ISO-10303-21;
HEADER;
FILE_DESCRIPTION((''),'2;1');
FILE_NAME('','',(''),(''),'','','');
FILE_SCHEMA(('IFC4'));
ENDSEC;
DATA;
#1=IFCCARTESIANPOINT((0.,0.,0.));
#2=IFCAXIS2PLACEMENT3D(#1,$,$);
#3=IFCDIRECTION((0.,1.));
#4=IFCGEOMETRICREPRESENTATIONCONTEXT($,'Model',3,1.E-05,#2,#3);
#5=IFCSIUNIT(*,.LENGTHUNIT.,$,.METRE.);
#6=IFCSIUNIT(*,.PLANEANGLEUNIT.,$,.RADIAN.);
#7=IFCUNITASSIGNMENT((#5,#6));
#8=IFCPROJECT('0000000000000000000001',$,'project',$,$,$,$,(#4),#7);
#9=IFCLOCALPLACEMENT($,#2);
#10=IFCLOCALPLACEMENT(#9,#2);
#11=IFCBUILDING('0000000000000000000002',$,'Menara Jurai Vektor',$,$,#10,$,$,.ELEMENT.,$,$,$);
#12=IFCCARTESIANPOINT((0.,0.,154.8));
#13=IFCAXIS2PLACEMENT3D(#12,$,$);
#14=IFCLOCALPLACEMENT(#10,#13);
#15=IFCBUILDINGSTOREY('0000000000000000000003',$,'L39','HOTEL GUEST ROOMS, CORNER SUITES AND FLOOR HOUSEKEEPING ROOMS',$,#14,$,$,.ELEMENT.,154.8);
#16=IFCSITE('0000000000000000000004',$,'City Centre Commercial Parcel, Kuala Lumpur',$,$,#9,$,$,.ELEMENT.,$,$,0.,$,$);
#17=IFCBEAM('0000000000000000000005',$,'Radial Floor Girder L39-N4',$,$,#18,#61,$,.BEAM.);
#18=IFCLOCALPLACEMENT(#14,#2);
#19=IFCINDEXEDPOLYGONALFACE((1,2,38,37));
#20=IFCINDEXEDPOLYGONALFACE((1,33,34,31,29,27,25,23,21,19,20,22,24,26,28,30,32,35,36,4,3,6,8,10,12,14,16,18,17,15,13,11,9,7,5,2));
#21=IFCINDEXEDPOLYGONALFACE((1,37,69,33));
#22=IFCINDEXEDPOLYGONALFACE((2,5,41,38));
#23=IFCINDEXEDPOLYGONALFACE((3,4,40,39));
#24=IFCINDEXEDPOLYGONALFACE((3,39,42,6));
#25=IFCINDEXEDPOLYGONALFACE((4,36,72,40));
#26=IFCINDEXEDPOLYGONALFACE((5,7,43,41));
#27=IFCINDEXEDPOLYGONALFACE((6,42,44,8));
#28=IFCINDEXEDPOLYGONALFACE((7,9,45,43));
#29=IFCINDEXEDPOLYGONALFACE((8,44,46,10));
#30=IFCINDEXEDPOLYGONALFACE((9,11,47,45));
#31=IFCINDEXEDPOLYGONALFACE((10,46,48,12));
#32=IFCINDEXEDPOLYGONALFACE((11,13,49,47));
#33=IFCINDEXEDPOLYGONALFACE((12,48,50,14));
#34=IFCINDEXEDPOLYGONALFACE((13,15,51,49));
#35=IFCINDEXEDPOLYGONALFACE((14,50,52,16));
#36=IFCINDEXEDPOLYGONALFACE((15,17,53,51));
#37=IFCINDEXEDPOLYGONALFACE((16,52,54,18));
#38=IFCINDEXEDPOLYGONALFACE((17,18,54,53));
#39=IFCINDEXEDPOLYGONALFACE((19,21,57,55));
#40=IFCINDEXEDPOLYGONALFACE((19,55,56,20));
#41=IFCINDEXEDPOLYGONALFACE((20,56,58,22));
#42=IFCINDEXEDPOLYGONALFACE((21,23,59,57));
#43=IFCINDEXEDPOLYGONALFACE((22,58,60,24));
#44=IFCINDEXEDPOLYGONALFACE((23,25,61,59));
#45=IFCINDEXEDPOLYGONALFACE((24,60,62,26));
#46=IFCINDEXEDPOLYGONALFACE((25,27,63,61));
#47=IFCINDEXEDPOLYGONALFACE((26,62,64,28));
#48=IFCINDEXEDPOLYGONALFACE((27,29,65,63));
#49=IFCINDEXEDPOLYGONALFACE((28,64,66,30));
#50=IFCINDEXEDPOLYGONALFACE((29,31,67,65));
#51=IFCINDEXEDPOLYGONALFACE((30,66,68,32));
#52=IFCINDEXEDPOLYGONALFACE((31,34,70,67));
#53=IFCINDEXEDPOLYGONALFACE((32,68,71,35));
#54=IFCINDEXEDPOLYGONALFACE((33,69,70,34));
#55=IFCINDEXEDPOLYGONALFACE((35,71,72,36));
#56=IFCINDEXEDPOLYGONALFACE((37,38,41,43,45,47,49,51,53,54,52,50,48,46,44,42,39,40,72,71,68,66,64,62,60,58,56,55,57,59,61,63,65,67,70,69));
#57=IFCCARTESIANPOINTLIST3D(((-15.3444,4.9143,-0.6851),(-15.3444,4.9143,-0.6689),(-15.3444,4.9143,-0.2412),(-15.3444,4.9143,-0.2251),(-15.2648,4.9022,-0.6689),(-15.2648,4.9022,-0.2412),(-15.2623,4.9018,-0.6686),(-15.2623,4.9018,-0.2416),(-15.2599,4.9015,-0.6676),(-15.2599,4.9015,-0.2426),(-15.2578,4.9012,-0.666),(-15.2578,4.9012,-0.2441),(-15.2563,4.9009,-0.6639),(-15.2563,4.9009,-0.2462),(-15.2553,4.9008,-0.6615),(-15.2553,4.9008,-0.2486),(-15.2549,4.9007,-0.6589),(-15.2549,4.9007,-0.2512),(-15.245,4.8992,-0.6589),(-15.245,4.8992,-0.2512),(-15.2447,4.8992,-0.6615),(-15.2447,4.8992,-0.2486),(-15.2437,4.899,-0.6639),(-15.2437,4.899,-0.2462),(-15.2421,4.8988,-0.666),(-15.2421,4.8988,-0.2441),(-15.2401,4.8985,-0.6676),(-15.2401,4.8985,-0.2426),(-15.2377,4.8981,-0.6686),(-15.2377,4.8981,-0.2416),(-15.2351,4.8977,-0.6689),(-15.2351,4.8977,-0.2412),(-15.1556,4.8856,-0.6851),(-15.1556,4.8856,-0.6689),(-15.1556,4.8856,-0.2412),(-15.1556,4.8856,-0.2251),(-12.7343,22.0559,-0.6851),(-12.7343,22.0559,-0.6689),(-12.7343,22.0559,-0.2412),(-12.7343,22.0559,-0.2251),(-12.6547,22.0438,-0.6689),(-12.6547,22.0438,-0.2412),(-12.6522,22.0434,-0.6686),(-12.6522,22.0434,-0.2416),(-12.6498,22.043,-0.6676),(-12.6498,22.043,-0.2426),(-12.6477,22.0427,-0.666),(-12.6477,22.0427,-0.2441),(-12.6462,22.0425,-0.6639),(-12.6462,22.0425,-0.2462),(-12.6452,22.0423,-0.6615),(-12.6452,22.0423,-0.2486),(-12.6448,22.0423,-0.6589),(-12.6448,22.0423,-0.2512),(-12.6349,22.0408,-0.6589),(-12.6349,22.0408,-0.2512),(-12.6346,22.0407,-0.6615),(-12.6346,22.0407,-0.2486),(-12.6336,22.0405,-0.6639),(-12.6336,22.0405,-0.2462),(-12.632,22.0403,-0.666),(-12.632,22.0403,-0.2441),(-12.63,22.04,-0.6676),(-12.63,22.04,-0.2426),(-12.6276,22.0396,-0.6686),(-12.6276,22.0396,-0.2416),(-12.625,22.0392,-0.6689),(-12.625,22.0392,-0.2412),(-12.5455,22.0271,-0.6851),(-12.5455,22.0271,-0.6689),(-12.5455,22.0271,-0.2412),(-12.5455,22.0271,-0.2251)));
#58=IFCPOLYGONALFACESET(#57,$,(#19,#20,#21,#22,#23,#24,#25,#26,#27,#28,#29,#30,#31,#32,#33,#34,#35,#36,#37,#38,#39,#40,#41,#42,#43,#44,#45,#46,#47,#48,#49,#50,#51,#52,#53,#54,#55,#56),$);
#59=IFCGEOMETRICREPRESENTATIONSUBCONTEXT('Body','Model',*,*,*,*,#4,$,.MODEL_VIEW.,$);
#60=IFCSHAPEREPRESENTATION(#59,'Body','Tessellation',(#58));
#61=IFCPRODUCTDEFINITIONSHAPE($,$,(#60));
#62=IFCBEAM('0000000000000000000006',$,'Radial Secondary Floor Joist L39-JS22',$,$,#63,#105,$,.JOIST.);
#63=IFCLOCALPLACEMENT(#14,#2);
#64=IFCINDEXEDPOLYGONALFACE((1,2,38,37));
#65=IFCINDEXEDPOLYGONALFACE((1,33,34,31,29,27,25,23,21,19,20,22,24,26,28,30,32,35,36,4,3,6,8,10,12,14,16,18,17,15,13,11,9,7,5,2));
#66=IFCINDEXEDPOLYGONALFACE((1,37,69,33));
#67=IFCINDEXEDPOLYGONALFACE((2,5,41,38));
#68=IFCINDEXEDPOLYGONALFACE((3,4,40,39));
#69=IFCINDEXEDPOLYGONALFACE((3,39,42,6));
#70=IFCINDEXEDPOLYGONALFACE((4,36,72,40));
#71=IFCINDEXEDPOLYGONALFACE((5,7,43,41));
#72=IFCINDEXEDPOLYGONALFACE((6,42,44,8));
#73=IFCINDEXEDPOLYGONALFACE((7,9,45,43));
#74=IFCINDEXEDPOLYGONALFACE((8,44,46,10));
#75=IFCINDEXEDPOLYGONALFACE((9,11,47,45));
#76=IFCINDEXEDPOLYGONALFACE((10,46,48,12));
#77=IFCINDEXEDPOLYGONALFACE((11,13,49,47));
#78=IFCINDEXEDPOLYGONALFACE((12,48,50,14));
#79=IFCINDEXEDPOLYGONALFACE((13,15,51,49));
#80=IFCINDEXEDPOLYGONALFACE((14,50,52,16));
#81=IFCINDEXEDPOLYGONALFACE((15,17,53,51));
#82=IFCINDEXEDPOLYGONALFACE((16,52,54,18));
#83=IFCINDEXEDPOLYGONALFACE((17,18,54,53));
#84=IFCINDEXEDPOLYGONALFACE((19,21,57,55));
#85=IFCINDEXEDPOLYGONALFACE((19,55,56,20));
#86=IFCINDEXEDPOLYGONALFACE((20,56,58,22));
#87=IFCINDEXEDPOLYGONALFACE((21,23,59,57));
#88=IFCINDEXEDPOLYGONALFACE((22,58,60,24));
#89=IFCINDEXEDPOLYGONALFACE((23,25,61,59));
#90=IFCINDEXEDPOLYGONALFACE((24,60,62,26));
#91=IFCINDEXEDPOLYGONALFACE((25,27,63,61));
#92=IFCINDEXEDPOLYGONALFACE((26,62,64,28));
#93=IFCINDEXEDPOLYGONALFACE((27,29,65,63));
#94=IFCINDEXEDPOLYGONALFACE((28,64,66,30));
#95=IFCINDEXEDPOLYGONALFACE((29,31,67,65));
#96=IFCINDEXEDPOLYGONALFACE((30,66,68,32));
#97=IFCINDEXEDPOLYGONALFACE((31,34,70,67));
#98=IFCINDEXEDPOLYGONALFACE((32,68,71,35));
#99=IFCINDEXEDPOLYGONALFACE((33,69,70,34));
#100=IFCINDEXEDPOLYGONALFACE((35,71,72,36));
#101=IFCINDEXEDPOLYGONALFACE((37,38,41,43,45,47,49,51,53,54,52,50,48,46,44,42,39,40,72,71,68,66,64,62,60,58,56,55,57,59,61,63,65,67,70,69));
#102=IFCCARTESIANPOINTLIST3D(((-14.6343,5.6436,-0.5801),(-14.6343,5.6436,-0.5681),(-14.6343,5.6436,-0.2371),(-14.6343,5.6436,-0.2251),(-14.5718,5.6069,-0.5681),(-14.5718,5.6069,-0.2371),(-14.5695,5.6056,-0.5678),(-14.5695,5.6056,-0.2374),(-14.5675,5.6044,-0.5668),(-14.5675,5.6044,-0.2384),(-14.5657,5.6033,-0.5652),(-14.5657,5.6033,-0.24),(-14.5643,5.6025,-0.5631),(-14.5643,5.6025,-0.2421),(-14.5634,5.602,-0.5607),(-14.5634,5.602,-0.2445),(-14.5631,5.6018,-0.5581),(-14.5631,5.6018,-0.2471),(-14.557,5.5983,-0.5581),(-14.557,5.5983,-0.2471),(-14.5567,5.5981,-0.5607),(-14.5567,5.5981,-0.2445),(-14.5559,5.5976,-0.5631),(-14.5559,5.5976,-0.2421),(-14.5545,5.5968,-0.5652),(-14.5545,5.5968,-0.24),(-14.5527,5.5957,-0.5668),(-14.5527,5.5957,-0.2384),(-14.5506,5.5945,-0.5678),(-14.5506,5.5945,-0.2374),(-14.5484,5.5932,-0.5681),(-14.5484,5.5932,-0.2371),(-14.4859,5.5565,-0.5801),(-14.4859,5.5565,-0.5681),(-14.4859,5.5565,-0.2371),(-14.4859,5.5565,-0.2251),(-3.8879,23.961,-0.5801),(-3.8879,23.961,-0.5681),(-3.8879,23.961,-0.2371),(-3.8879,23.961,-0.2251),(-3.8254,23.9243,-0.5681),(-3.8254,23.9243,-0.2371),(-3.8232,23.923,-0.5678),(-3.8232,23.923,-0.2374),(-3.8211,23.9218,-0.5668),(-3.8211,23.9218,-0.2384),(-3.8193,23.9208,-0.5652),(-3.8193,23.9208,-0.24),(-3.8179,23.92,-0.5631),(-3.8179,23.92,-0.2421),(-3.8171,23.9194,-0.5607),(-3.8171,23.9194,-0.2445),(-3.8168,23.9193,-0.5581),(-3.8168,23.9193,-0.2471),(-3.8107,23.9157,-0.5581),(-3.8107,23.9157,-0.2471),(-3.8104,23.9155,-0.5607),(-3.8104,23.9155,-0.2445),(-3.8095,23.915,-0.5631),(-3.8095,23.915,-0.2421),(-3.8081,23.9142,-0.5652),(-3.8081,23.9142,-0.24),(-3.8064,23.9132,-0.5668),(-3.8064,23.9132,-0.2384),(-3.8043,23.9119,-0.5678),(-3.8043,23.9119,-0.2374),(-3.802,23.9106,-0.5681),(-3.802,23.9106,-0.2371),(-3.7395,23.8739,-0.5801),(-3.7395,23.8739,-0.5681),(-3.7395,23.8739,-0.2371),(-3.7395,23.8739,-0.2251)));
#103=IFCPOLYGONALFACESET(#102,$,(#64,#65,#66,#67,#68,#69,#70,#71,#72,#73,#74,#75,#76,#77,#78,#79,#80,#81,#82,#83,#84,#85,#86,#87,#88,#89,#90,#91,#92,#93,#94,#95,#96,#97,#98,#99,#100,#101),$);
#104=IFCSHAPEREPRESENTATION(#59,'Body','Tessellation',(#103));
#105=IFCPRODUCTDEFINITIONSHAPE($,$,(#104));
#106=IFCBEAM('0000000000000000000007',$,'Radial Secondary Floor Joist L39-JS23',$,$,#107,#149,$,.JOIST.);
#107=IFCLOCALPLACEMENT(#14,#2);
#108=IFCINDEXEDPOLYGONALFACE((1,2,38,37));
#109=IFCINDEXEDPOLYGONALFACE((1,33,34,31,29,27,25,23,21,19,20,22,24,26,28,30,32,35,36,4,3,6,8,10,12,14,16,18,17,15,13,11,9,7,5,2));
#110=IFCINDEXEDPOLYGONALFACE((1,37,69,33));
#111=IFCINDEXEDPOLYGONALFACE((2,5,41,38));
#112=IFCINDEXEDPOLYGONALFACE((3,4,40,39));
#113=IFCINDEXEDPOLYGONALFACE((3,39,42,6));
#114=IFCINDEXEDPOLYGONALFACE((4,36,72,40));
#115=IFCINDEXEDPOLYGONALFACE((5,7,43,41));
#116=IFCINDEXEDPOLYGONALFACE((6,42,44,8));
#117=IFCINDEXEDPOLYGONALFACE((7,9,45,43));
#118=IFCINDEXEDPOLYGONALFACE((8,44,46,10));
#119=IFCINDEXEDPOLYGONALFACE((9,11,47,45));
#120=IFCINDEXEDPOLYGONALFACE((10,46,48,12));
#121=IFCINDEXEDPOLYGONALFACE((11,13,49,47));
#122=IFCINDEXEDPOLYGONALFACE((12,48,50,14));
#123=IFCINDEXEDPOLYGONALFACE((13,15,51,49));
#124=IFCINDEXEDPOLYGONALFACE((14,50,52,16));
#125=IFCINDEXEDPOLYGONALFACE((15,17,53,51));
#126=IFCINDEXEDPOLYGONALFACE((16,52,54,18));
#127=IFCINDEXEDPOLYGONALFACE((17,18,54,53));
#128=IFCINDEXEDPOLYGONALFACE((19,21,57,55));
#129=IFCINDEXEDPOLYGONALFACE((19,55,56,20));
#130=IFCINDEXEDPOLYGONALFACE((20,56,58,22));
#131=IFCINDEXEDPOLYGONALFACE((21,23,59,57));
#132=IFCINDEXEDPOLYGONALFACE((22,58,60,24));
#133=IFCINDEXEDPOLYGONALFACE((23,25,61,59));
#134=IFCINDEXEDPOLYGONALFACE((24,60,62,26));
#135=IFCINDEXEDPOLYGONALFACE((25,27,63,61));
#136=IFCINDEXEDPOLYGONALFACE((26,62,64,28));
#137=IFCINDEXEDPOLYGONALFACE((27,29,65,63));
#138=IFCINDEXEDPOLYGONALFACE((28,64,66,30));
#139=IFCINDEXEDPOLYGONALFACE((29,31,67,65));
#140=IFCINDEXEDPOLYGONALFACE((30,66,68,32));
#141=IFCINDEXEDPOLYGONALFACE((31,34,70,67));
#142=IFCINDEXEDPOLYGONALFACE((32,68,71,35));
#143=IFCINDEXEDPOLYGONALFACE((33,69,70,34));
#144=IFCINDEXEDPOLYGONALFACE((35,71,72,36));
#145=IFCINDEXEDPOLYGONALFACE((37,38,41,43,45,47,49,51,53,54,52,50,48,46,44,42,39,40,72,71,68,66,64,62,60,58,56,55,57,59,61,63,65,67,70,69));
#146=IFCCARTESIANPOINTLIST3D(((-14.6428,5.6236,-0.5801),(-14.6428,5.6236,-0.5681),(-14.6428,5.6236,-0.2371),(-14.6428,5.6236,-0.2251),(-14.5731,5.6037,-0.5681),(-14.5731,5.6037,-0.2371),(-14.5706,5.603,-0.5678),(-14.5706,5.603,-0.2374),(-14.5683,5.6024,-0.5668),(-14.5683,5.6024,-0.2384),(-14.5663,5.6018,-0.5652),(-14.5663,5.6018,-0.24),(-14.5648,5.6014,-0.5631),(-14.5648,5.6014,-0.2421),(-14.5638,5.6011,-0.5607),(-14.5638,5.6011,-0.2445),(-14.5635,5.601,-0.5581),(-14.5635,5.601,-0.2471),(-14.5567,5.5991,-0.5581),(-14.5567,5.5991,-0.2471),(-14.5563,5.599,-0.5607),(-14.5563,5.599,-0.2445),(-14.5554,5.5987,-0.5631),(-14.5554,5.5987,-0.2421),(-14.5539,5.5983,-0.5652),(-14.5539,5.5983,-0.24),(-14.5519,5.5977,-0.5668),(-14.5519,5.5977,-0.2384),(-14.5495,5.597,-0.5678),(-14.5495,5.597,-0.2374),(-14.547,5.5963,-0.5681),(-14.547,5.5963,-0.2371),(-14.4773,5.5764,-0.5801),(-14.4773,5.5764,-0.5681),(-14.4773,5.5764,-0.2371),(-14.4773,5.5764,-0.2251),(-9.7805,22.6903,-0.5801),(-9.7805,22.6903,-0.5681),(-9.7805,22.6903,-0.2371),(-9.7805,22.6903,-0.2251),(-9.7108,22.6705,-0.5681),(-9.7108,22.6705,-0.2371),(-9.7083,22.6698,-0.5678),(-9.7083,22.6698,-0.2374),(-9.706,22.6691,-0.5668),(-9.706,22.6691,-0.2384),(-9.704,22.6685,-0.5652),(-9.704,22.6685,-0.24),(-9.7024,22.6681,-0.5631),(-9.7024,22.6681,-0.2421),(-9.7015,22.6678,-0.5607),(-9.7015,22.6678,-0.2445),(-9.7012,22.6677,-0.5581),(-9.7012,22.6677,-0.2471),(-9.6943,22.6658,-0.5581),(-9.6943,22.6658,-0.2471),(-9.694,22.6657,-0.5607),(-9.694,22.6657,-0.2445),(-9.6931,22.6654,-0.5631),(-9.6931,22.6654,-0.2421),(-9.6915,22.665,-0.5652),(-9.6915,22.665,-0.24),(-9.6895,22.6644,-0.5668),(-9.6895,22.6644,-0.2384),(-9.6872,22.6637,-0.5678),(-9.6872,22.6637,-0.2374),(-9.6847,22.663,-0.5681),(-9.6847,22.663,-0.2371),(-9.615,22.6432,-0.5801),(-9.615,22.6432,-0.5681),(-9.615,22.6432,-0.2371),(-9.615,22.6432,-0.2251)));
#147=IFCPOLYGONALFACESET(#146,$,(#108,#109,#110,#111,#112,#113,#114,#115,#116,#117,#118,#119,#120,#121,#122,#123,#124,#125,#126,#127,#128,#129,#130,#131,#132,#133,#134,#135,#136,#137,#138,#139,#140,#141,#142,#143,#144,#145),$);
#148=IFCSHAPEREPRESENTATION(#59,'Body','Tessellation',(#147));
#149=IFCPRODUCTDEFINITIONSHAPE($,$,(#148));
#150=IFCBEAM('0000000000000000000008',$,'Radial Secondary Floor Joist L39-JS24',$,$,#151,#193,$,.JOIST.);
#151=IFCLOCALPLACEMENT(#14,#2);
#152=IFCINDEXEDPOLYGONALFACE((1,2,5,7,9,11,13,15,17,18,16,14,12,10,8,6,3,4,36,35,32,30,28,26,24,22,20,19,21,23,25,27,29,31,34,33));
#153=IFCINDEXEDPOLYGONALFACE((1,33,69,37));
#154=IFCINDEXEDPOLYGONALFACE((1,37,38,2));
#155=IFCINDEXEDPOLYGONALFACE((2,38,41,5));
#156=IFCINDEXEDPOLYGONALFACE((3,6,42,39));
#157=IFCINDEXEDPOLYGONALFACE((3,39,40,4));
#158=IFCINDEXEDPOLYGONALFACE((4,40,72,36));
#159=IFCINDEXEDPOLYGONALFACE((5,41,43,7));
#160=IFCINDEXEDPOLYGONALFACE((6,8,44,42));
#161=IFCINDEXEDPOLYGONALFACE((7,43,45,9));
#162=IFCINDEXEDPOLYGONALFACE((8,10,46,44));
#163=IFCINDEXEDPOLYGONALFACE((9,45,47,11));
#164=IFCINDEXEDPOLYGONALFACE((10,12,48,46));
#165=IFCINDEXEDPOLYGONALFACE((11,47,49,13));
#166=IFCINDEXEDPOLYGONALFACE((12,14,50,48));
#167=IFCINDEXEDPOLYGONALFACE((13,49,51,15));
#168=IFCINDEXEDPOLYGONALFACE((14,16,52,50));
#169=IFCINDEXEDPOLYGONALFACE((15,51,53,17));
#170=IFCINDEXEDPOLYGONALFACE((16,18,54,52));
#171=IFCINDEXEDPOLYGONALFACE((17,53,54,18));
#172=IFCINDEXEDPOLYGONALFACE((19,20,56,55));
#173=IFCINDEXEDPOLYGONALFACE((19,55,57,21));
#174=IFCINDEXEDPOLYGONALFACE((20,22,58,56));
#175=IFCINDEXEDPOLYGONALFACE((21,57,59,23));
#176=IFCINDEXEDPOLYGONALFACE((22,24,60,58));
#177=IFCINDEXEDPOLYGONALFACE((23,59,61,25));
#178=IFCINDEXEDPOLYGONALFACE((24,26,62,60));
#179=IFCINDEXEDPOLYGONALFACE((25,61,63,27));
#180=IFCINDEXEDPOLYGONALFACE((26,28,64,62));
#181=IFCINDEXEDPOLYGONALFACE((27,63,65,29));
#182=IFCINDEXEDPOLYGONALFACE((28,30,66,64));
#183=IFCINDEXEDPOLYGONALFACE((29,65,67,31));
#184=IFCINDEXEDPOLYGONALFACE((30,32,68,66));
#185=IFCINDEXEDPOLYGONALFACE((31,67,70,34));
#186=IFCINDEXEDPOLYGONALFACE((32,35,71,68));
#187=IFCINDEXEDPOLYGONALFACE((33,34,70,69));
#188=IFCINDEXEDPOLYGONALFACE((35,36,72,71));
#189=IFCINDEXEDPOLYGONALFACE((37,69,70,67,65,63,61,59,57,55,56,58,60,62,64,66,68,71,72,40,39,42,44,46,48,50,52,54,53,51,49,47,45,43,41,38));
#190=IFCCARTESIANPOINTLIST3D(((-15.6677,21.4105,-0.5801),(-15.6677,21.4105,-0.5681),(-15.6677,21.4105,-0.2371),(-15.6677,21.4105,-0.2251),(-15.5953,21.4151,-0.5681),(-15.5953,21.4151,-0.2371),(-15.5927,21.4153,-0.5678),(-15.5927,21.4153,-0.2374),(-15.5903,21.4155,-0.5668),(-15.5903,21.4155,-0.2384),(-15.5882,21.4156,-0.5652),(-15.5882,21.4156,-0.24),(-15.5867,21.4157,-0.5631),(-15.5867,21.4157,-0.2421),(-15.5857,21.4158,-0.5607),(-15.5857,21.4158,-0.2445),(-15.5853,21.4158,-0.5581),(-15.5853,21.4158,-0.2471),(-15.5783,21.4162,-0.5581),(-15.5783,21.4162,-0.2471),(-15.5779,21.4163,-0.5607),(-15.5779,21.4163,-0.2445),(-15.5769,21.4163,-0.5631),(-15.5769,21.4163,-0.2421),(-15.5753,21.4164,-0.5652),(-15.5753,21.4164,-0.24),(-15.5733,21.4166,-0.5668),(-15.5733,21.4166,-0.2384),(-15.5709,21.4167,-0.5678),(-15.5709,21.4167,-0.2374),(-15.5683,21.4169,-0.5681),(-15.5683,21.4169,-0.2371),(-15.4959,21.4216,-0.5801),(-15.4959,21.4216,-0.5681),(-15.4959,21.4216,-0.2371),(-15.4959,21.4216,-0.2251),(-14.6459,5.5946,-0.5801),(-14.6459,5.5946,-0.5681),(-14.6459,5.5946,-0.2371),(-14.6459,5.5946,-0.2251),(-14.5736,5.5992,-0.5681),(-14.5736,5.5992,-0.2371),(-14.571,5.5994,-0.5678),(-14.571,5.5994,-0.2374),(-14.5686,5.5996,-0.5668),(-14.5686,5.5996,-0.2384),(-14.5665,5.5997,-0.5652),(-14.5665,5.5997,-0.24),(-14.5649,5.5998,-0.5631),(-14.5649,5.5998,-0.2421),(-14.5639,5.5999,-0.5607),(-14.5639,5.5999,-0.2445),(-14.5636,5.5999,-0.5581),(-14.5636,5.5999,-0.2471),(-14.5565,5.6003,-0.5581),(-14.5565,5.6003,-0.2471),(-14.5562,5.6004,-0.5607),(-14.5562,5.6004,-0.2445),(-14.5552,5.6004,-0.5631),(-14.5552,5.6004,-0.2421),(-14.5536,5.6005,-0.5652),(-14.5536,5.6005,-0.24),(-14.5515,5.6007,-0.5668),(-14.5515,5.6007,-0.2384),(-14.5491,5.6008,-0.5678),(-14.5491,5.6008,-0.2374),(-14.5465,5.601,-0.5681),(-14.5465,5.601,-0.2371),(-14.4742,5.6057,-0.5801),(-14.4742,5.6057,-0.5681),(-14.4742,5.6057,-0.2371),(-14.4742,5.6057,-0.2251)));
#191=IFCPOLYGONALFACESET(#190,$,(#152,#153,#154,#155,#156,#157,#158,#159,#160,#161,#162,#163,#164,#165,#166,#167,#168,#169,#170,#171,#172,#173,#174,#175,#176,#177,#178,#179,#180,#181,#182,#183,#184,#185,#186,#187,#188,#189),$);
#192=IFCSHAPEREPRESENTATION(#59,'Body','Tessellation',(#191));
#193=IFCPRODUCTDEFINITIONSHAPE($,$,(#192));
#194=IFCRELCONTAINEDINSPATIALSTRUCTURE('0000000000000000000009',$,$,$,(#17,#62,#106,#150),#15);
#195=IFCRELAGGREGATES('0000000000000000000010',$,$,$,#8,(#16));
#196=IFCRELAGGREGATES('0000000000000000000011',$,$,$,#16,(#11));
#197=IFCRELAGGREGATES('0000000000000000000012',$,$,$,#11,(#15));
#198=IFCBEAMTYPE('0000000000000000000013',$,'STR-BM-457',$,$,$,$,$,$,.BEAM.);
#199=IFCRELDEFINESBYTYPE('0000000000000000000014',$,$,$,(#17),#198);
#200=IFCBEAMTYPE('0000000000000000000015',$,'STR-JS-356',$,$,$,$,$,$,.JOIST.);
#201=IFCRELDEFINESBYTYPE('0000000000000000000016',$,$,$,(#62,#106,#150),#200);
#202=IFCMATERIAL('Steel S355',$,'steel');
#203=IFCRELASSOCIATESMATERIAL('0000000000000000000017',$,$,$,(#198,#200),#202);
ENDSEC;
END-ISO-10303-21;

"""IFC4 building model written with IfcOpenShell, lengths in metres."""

from ifc_helpers import new_model, si_unit, direction, frame, origin, origin_2d, place, context, subcontext, project, spatial, i_section, extrude, material, material_profile, profile_set, type_object, element, save


model = new_model("IFC4")

# Units and contexts
model_context = context("Model", 3, precision=1e-05, world=origin(), true_north=direction((0.0, 1.0)))
body_context = subcontext(model_context, "Body", "Model", "MODEL_VIEW")
ifc_project = project(units=[si_unit("LENGTHUNIT", "METRE"), si_unit("PLANEANGLEUNIT", "RADIAN")], contexts=[model_context])

# Site, building, storey
site_placement = place(None, origin())
site = spatial("IfcSite", under=ifc_project, at=site_placement, Name="City Centre Commercial Parcel, Kuala Lumpur", CompositionType="ELEMENT", RefElevation=0.0)
building_placement = place(site_placement, origin())
building = spatial("IfcBuilding", under=site, at=building_placement, Name="Menara Jurai Vektor", CompositionType="ELEMENT")
storey_placement = place(building_placement, frame((0.0, 0.0, 154.8)))
storey = spatial("IfcBuildingStorey", under=building, at=storey_placement, Name="L39", Description="HOTEL GUEST ROOMS, CORNER SUITES AND FLOOR HOUSEKEEPING ROOMS", CompositionType="ELEMENT", Elevation=154.8)

# Beams
ifc_material_1 = material(Name="Steel S355", Category="steel")
ifc_material_profile_1 = material_profile(ifc_material_1, i_section(OverallWidth=0.1909, OverallDepth=0.46, WebThickness=0.01, FlangeThickness=0.0161, FilletRadius=0.01, at=origin_2d()), Name="UKB 457x191x82")
ifc_profile_set_1 = profile_set([ifc_material_profile_1], Name="Steel S355")
beam_type_1 = type_object("IfcBeamType", Name="STR-BM-457", PredefinedType="BEAM", material=ifc_profile_set_1)
beam_1_placement = place(storey_placement, frame((-12.6399, 22.0415, -0.4551), z_axis=(-0.150532, -0.988605, 0.0), x_axis=(0.988605, -0.150532, 0.0)))
element("IfcBeam", 1, at=beam_1_placement, inside=storey, type_object=beam_type_1, Name="Radial Floor Girder L39-N4", PredefinedType="BEAM", context=body_context, shape_type="SweptSolid", body=[
    extrude(i_section(OverallWidth=0.1909, OverallDepth=0.46, WebThickness=0.01, FlangeThickness=0.0161, FilletRadius=0.01, at=origin_2d()), origin(), (0.0, 0.0, 1.0), 17.3391),
])
ifc_material_profile_2 = material_profile(ifc_material_1, i_section(OverallWidth=0.1721, OverallDepth=0.355, WebThickness=0.0071, FlangeThickness=0.012, FilletRadius=0.01, at=origin_2d()), Name="UKB 356x171x51")
ifc_profile_set_2 = profile_set([ifc_material_profile_2], Name="Steel S355")
beam_type_2 = type_object("IfcBeamType", Name="STR-JS-356", PredefinedType="JOIST", material=ifc_profile_set_2)
beam_2_placement = place(storey_placement, frame((-3.8137, 23.9175, -0.4026), z_axis=(-0.50602, -0.862522, 0.0), x_axis=(0.862522, -0.50602, 0.0)))
element("IfcBeam", 2, at=beam_2_placement, inside=storey, type_object=beam_type_2, Name="Radial Secondary Floor Joist L39-JS22", PredefinedType="JOIST", context=body_context, shape_type="SweptSolid", body=[
    extrude(i_section(OverallWidth=0.1721, OverallDepth=0.355, WebThickness=0.0071, FlangeThickness=0.012, FilletRadius=0.01, at=origin_2d()), origin(), (0.0, 0.0, 1.0), 21.2371),
])
beam_3_placement = place(storey_placement, frame((-9.6978, 22.6667, -0.4026), z_axis=(-0.273998, -0.96173, 0.0), x_axis=(0.96173, -0.273998, 0.0)))
element("IfcBeam", 3, at=beam_3_placement, inside=storey, type_object=beam_type_2, Name="Radial Secondary Floor Joist L39-JS23", PredefinedType="JOIST", context=body_context, shape_type="SweptSolid", body=[
    extrude(i_section(OverallWidth=0.1721, OverallDepth=0.355, WebThickness=0.0071, FlangeThickness=0.012, FilletRadius=0.01, at=origin_2d()), origin(), (0.0, 0.0, 1.0), 17.7458),
])
beam_4_placement = place(storey_placement, frame((-15.5818, 21.416, -0.4026), z_axis=(0.064467, -0.99792, 0.0), x_axis=(0.99792, 0.064467, 0.0)))
element("IfcBeam", 4, at=beam_4_placement, inside=storey, type_object=beam_type_2, Name="Radial Secondary Floor Joist L39-JS24", PredefinedType="JOIST", context=body_context, shape_type="SweptSolid", body=[
    extrude(i_section(OverallWidth=0.1721, OverallDepth=0.355, WebThickness=0.0071, FlangeThickness=0.012, FilletRadius=0.01, at=origin_2d()), origin(), (0.0, 0.0, 1.0), 15.8489),
])

save(model, "model.ifc")
